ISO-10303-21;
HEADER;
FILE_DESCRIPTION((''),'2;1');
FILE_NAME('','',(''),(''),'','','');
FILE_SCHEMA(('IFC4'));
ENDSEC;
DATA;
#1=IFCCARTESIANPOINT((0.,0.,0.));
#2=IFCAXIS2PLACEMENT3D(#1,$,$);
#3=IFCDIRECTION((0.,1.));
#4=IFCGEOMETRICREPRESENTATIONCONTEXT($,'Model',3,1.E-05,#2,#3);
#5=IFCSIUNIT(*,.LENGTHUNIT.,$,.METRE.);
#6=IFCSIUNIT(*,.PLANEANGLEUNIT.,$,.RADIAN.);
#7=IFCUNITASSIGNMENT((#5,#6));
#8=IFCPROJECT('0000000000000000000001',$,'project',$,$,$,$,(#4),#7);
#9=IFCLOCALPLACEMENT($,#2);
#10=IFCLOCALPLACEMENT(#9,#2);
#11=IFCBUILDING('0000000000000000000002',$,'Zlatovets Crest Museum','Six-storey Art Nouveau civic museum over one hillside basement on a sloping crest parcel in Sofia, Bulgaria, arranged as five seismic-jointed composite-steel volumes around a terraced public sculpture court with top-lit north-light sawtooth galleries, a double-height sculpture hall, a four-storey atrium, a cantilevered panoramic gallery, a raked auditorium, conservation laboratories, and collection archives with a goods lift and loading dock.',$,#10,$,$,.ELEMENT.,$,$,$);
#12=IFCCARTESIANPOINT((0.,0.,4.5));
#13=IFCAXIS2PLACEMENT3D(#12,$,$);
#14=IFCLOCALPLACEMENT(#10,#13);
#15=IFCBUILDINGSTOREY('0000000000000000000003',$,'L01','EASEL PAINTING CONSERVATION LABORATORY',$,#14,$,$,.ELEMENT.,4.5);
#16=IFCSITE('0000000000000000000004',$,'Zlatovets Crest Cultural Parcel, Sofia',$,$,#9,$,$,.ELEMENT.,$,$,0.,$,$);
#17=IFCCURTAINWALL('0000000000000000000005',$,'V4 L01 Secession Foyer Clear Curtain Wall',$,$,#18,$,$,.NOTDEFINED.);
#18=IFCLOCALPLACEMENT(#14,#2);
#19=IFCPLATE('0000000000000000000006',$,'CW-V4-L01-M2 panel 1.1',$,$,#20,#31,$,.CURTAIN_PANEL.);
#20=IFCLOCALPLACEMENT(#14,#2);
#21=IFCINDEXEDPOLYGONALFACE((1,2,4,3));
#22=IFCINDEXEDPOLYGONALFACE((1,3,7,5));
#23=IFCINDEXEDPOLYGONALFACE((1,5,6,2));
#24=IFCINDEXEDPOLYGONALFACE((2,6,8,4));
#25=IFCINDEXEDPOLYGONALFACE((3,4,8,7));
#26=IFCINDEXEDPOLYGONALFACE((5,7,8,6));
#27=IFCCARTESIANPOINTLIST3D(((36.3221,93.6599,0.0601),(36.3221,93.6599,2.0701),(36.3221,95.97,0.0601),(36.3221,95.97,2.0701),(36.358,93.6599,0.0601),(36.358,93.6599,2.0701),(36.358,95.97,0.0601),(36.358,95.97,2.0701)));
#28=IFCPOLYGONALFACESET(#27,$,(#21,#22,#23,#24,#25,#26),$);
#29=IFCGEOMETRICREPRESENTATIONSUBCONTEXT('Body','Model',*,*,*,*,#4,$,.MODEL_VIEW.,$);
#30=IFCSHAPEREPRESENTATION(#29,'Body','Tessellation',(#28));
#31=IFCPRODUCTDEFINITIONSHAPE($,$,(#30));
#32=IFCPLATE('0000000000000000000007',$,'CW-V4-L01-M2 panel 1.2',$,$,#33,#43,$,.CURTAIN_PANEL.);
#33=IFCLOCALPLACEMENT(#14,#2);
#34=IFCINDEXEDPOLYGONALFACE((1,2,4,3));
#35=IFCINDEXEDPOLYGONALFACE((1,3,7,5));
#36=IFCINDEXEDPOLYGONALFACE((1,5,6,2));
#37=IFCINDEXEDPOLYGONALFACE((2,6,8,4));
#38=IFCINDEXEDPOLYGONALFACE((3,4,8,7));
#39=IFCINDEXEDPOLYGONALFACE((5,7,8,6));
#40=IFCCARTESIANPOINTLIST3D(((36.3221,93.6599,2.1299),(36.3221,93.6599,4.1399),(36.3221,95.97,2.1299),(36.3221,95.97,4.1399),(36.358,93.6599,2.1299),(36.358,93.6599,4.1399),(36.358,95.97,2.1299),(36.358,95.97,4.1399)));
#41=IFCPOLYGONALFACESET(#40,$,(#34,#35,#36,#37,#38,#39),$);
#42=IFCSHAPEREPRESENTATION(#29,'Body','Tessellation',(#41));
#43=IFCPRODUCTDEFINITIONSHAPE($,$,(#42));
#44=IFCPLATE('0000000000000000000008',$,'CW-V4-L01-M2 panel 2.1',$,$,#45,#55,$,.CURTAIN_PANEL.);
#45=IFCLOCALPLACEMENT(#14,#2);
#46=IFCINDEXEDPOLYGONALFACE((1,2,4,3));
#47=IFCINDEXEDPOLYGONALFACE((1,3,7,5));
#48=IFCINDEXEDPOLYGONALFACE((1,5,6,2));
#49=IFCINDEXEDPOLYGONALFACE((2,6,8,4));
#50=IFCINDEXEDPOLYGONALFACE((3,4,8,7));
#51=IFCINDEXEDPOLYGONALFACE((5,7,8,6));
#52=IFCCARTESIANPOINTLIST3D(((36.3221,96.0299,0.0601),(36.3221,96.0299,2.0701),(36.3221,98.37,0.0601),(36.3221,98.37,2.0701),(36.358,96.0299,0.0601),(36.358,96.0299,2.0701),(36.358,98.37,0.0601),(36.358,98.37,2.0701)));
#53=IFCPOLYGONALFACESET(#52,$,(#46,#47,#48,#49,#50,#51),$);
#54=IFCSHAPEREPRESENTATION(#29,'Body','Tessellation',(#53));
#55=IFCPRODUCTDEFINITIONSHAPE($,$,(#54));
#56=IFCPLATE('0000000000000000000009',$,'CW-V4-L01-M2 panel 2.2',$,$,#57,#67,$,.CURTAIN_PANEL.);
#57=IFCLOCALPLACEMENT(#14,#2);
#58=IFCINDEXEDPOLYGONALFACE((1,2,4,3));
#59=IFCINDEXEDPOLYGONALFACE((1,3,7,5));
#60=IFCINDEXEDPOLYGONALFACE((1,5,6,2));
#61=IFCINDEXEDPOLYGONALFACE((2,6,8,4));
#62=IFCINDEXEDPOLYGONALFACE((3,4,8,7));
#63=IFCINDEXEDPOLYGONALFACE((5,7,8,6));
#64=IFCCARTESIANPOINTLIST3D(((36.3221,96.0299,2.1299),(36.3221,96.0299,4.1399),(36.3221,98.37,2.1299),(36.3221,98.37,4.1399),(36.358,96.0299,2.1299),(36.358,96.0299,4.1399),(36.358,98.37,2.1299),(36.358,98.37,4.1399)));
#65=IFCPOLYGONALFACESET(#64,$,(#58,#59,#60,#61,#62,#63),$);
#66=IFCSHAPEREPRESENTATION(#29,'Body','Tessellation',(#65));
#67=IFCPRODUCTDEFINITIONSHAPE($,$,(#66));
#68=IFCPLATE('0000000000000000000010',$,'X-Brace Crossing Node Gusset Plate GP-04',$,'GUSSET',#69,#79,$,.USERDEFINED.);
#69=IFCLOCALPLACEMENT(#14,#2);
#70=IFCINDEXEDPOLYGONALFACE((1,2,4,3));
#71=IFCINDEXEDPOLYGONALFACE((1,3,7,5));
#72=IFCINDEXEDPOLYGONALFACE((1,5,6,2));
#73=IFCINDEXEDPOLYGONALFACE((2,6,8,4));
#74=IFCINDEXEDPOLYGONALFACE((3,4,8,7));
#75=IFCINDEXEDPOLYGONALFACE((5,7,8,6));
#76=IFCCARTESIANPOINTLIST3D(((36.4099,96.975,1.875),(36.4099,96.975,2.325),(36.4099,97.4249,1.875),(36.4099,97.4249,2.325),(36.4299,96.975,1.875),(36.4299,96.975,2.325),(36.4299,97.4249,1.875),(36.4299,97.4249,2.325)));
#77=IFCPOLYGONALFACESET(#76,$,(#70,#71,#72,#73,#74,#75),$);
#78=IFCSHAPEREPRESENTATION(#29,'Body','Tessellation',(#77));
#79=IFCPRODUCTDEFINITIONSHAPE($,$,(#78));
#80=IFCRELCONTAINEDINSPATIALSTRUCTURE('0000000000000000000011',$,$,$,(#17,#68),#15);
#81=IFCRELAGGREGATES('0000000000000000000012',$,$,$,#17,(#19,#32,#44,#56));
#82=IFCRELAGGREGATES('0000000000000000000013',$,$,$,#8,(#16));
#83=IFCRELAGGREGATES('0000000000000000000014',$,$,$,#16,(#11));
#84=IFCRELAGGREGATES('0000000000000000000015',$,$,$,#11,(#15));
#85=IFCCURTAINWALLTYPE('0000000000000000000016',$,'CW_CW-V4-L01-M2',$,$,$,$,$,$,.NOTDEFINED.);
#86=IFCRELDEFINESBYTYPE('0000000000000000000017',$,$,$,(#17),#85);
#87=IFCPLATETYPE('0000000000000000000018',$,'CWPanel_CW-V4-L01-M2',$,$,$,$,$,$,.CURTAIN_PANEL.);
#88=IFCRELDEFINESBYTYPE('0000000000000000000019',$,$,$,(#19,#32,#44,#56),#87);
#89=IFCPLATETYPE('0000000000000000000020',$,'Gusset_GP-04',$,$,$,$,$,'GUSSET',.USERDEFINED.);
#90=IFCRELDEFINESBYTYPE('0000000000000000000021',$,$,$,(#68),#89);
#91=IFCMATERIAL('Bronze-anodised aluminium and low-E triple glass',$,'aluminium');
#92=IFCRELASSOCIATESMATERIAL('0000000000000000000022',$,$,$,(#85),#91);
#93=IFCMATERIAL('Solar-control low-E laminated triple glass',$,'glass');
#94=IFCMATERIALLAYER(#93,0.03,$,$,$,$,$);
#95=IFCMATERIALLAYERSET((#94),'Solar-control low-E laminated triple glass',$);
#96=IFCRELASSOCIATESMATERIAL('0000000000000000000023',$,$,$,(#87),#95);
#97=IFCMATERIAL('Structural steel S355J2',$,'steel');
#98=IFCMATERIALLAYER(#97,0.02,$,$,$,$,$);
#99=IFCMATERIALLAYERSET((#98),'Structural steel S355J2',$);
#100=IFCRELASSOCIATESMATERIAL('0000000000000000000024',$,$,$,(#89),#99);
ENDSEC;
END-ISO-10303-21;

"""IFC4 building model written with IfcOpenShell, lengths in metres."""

from ifc_helpers import new_model, si_unit, direction, frame, origin, origin_2d, place, context, subcontext, project, spatial, rectangle, extrude, material, layer, layer_set, type_object, element, aggregate, save


model = new_model("IFC4")

# Units and contexts
model_context = context("Model", 3, precision=1e-05, world=origin(), true_north=direction((0.0, 1.0)))
body_context = subcontext(model_context, "Body", "Model", "MODEL_VIEW")
ifc_project = project(units=[si_unit("LENGTHUNIT", "METRE"), si_unit("PLANEANGLEUNIT", "RADIAN")], contexts=[model_context])

# Site, building, storey
site_placement = place(None, origin())
site = spatial("IfcSite", under=ifc_project, at=site_placement, Name="Zlatovets Crest Cultural Parcel, Sofia", CompositionType="ELEMENT", RefElevation=0.0)
building_placement = place(site_placement, origin())
building = spatial("IfcBuilding", under=site, at=building_placement, Name="Zlatovets Crest Museum", Description="Six-storey Art Nouveau civic museum over one hillside basement on a sloping crest parcel in Sofia, Bulgaria, arranged as five seismic-jointed composite-steel volumes around a terraced public sculpture court with top-lit north-light sawtooth galleries, a double-height sculpture hall, a four-storey atrium, a cantilevered panoramic gallery, a raked auditorium, conservation laboratories, and collection archives with a goods lift and loading dock.", CompositionType="ELEMENT")
storey_placement = place(building_placement, frame((0.0, 0.0, 4.5)))
storey = spatial("IfcBuildingStorey", under=building, at=storey_placement, Name="L01", Description="EASEL PAINTING CONSERVATION LABORATORY", CompositionType="ELEMENT", Elevation=4.5)

# Shared definitions
ifc_material_1 = material(Name="Structural steel S355J2", Category="steel")

# Curtain wall
ifc_material_2 = material(Name="Bronze-anodised aluminium and low-E triple glass", Category="aluminium")
curtain_wall_type_1 = type_object("IfcCurtainWallType", Name="CW_CW-V4-L01-M2", PredefinedType="NOTDEFINED", material=ifc_material_2)
curtain_wall_1_placement = place(storey_placement, origin())
curtain_wall_1 = element("IfcCurtainWall", 1, at=curtain_wall_1_placement, inside=storey, type_object=curtain_wall_type_1, Name="V4 L01 Secession Foyer Clear Curtain Wall", PredefinedType="NOTDEFINED")

# Plates
ifc_material_3 = material(Name="Solar-control low-E laminated triple glass", Category="glass")
ifc_layer_1 = layer(ifc_material_3, 0.03)
ifc_layer_set_1 = layer_set([ifc_layer_1], Name="Solar-control low-E laminated triple glass")
plate_type_1 = type_object("IfcPlateType", Name="CWPanel_CW-V4-L01-M2", PredefinedType="CURTAIN_PANEL", material=ifc_layer_set_1)
plate_1_placement = place(storey_placement, frame((36.3401, 94.8149, 0.0601), z_axis=(0.0, 0.0, 1.0), x_axis=(0.0, 1.0, 0.0)))
plate_1 = element("IfcPlate", 2, at=plate_1_placement, type_object=plate_type_1, Name="CW-V4-L01-M2 panel 1.1", PredefinedType="CURTAIN_PANEL", context=body_context, shape_type="SweptSolid", body=[
    extrude(rectangle(XDim=2.3101, YDim=0.0359, at=origin_2d()), origin(), (0.0, 0.0, 1.0), 2.01),
])
plate_2_placement = place(storey_placement, frame((36.3401, 94.8149, 2.1299), z_axis=(0.0, 0.0, 1.0), x_axis=(0.0, 1.0, 0.0)))
plate_2 = element("IfcPlate", 3, at=plate_2_placement, type_object=plate_type_1, Name="CW-V4-L01-M2 panel 1.2", PredefinedType="CURTAIN_PANEL", context=body_context, shape_type="SweptSolid", body=[
    extrude(rectangle(XDim=2.3101, YDim=0.0359, at=origin_2d()), origin(), (0.0, 0.0, 1.0), 2.01),
])
plate_3_placement = place(storey_placement, frame((36.3401, 97.2, 0.0601), z_axis=(0.0, 0.0, 1.0), x_axis=(0.0, 1.0, 0.0)))
plate_3 = element("IfcPlate", 4, at=plate_3_placement, type_object=plate_type_1, Name="CW-V4-L01-M2 panel 2.1", PredefinedType="CURTAIN_PANEL", context=body_context, shape_type="SweptSolid", body=[
    extrude(rectangle(XDim=2.3401, YDim=0.0359, at=origin_2d()), origin(), (0.0, 0.0, 1.0), 2.01),
])
plate_4_placement = place(storey_placement, frame((36.3401, 97.2, 2.1299), z_axis=(0.0, 0.0, 1.0), x_axis=(0.0, 1.0, 0.0)))
plate_4 = element("IfcPlate", 5, at=plate_4_placement, type_object=plate_type_1, Name="CW-V4-L01-M2 panel 2.2", PredefinedType="CURTAIN_PANEL", context=body_context, shape_type="SweptSolid", body=[
    extrude(rectangle(XDim=2.3401, YDim=0.0359, at=origin_2d()), origin(), (0.0, 0.0, 1.0), 2.01),
])
aggregate(curtain_wall_1, [plate_1, plate_2, plate_3, plate_4])
ifc_layer_2 = layer(ifc_material_1, 0.02)
ifc_layer_set_2 = layer_set([ifc_layer_2], Name="Structural steel S355J2")
plate_type_2 = type_object("IfcPlateType", Name="Gusset_GP-04", ElementType="GUSSET", PredefinedType="USERDEFINED", material=ifc_layer_set_2)
plate_5_placement = place(storey_placement, frame((36.4199, 97.2, 1.875), z_axis=(0.0, 0.0, 1.0), x_axis=(1.0, 0.0, 0.0)))
element("IfcPlate", 6, at=plate_5_placement, inside=storey, type_object=plate_type_2, Name="X-Brace Crossing Node Gusset Plate GP-04", ObjectType="GUSSET", PredefinedType="USERDEFINED", context=body_context, shape_type="SweptSolid", body=[
    extrude(rectangle(XDim=0.02, YDim=0.45, at=origin_2d()), origin(), (0.0, 0.0, 1.0), 0.45),
])

save(model, "model.ifc")
